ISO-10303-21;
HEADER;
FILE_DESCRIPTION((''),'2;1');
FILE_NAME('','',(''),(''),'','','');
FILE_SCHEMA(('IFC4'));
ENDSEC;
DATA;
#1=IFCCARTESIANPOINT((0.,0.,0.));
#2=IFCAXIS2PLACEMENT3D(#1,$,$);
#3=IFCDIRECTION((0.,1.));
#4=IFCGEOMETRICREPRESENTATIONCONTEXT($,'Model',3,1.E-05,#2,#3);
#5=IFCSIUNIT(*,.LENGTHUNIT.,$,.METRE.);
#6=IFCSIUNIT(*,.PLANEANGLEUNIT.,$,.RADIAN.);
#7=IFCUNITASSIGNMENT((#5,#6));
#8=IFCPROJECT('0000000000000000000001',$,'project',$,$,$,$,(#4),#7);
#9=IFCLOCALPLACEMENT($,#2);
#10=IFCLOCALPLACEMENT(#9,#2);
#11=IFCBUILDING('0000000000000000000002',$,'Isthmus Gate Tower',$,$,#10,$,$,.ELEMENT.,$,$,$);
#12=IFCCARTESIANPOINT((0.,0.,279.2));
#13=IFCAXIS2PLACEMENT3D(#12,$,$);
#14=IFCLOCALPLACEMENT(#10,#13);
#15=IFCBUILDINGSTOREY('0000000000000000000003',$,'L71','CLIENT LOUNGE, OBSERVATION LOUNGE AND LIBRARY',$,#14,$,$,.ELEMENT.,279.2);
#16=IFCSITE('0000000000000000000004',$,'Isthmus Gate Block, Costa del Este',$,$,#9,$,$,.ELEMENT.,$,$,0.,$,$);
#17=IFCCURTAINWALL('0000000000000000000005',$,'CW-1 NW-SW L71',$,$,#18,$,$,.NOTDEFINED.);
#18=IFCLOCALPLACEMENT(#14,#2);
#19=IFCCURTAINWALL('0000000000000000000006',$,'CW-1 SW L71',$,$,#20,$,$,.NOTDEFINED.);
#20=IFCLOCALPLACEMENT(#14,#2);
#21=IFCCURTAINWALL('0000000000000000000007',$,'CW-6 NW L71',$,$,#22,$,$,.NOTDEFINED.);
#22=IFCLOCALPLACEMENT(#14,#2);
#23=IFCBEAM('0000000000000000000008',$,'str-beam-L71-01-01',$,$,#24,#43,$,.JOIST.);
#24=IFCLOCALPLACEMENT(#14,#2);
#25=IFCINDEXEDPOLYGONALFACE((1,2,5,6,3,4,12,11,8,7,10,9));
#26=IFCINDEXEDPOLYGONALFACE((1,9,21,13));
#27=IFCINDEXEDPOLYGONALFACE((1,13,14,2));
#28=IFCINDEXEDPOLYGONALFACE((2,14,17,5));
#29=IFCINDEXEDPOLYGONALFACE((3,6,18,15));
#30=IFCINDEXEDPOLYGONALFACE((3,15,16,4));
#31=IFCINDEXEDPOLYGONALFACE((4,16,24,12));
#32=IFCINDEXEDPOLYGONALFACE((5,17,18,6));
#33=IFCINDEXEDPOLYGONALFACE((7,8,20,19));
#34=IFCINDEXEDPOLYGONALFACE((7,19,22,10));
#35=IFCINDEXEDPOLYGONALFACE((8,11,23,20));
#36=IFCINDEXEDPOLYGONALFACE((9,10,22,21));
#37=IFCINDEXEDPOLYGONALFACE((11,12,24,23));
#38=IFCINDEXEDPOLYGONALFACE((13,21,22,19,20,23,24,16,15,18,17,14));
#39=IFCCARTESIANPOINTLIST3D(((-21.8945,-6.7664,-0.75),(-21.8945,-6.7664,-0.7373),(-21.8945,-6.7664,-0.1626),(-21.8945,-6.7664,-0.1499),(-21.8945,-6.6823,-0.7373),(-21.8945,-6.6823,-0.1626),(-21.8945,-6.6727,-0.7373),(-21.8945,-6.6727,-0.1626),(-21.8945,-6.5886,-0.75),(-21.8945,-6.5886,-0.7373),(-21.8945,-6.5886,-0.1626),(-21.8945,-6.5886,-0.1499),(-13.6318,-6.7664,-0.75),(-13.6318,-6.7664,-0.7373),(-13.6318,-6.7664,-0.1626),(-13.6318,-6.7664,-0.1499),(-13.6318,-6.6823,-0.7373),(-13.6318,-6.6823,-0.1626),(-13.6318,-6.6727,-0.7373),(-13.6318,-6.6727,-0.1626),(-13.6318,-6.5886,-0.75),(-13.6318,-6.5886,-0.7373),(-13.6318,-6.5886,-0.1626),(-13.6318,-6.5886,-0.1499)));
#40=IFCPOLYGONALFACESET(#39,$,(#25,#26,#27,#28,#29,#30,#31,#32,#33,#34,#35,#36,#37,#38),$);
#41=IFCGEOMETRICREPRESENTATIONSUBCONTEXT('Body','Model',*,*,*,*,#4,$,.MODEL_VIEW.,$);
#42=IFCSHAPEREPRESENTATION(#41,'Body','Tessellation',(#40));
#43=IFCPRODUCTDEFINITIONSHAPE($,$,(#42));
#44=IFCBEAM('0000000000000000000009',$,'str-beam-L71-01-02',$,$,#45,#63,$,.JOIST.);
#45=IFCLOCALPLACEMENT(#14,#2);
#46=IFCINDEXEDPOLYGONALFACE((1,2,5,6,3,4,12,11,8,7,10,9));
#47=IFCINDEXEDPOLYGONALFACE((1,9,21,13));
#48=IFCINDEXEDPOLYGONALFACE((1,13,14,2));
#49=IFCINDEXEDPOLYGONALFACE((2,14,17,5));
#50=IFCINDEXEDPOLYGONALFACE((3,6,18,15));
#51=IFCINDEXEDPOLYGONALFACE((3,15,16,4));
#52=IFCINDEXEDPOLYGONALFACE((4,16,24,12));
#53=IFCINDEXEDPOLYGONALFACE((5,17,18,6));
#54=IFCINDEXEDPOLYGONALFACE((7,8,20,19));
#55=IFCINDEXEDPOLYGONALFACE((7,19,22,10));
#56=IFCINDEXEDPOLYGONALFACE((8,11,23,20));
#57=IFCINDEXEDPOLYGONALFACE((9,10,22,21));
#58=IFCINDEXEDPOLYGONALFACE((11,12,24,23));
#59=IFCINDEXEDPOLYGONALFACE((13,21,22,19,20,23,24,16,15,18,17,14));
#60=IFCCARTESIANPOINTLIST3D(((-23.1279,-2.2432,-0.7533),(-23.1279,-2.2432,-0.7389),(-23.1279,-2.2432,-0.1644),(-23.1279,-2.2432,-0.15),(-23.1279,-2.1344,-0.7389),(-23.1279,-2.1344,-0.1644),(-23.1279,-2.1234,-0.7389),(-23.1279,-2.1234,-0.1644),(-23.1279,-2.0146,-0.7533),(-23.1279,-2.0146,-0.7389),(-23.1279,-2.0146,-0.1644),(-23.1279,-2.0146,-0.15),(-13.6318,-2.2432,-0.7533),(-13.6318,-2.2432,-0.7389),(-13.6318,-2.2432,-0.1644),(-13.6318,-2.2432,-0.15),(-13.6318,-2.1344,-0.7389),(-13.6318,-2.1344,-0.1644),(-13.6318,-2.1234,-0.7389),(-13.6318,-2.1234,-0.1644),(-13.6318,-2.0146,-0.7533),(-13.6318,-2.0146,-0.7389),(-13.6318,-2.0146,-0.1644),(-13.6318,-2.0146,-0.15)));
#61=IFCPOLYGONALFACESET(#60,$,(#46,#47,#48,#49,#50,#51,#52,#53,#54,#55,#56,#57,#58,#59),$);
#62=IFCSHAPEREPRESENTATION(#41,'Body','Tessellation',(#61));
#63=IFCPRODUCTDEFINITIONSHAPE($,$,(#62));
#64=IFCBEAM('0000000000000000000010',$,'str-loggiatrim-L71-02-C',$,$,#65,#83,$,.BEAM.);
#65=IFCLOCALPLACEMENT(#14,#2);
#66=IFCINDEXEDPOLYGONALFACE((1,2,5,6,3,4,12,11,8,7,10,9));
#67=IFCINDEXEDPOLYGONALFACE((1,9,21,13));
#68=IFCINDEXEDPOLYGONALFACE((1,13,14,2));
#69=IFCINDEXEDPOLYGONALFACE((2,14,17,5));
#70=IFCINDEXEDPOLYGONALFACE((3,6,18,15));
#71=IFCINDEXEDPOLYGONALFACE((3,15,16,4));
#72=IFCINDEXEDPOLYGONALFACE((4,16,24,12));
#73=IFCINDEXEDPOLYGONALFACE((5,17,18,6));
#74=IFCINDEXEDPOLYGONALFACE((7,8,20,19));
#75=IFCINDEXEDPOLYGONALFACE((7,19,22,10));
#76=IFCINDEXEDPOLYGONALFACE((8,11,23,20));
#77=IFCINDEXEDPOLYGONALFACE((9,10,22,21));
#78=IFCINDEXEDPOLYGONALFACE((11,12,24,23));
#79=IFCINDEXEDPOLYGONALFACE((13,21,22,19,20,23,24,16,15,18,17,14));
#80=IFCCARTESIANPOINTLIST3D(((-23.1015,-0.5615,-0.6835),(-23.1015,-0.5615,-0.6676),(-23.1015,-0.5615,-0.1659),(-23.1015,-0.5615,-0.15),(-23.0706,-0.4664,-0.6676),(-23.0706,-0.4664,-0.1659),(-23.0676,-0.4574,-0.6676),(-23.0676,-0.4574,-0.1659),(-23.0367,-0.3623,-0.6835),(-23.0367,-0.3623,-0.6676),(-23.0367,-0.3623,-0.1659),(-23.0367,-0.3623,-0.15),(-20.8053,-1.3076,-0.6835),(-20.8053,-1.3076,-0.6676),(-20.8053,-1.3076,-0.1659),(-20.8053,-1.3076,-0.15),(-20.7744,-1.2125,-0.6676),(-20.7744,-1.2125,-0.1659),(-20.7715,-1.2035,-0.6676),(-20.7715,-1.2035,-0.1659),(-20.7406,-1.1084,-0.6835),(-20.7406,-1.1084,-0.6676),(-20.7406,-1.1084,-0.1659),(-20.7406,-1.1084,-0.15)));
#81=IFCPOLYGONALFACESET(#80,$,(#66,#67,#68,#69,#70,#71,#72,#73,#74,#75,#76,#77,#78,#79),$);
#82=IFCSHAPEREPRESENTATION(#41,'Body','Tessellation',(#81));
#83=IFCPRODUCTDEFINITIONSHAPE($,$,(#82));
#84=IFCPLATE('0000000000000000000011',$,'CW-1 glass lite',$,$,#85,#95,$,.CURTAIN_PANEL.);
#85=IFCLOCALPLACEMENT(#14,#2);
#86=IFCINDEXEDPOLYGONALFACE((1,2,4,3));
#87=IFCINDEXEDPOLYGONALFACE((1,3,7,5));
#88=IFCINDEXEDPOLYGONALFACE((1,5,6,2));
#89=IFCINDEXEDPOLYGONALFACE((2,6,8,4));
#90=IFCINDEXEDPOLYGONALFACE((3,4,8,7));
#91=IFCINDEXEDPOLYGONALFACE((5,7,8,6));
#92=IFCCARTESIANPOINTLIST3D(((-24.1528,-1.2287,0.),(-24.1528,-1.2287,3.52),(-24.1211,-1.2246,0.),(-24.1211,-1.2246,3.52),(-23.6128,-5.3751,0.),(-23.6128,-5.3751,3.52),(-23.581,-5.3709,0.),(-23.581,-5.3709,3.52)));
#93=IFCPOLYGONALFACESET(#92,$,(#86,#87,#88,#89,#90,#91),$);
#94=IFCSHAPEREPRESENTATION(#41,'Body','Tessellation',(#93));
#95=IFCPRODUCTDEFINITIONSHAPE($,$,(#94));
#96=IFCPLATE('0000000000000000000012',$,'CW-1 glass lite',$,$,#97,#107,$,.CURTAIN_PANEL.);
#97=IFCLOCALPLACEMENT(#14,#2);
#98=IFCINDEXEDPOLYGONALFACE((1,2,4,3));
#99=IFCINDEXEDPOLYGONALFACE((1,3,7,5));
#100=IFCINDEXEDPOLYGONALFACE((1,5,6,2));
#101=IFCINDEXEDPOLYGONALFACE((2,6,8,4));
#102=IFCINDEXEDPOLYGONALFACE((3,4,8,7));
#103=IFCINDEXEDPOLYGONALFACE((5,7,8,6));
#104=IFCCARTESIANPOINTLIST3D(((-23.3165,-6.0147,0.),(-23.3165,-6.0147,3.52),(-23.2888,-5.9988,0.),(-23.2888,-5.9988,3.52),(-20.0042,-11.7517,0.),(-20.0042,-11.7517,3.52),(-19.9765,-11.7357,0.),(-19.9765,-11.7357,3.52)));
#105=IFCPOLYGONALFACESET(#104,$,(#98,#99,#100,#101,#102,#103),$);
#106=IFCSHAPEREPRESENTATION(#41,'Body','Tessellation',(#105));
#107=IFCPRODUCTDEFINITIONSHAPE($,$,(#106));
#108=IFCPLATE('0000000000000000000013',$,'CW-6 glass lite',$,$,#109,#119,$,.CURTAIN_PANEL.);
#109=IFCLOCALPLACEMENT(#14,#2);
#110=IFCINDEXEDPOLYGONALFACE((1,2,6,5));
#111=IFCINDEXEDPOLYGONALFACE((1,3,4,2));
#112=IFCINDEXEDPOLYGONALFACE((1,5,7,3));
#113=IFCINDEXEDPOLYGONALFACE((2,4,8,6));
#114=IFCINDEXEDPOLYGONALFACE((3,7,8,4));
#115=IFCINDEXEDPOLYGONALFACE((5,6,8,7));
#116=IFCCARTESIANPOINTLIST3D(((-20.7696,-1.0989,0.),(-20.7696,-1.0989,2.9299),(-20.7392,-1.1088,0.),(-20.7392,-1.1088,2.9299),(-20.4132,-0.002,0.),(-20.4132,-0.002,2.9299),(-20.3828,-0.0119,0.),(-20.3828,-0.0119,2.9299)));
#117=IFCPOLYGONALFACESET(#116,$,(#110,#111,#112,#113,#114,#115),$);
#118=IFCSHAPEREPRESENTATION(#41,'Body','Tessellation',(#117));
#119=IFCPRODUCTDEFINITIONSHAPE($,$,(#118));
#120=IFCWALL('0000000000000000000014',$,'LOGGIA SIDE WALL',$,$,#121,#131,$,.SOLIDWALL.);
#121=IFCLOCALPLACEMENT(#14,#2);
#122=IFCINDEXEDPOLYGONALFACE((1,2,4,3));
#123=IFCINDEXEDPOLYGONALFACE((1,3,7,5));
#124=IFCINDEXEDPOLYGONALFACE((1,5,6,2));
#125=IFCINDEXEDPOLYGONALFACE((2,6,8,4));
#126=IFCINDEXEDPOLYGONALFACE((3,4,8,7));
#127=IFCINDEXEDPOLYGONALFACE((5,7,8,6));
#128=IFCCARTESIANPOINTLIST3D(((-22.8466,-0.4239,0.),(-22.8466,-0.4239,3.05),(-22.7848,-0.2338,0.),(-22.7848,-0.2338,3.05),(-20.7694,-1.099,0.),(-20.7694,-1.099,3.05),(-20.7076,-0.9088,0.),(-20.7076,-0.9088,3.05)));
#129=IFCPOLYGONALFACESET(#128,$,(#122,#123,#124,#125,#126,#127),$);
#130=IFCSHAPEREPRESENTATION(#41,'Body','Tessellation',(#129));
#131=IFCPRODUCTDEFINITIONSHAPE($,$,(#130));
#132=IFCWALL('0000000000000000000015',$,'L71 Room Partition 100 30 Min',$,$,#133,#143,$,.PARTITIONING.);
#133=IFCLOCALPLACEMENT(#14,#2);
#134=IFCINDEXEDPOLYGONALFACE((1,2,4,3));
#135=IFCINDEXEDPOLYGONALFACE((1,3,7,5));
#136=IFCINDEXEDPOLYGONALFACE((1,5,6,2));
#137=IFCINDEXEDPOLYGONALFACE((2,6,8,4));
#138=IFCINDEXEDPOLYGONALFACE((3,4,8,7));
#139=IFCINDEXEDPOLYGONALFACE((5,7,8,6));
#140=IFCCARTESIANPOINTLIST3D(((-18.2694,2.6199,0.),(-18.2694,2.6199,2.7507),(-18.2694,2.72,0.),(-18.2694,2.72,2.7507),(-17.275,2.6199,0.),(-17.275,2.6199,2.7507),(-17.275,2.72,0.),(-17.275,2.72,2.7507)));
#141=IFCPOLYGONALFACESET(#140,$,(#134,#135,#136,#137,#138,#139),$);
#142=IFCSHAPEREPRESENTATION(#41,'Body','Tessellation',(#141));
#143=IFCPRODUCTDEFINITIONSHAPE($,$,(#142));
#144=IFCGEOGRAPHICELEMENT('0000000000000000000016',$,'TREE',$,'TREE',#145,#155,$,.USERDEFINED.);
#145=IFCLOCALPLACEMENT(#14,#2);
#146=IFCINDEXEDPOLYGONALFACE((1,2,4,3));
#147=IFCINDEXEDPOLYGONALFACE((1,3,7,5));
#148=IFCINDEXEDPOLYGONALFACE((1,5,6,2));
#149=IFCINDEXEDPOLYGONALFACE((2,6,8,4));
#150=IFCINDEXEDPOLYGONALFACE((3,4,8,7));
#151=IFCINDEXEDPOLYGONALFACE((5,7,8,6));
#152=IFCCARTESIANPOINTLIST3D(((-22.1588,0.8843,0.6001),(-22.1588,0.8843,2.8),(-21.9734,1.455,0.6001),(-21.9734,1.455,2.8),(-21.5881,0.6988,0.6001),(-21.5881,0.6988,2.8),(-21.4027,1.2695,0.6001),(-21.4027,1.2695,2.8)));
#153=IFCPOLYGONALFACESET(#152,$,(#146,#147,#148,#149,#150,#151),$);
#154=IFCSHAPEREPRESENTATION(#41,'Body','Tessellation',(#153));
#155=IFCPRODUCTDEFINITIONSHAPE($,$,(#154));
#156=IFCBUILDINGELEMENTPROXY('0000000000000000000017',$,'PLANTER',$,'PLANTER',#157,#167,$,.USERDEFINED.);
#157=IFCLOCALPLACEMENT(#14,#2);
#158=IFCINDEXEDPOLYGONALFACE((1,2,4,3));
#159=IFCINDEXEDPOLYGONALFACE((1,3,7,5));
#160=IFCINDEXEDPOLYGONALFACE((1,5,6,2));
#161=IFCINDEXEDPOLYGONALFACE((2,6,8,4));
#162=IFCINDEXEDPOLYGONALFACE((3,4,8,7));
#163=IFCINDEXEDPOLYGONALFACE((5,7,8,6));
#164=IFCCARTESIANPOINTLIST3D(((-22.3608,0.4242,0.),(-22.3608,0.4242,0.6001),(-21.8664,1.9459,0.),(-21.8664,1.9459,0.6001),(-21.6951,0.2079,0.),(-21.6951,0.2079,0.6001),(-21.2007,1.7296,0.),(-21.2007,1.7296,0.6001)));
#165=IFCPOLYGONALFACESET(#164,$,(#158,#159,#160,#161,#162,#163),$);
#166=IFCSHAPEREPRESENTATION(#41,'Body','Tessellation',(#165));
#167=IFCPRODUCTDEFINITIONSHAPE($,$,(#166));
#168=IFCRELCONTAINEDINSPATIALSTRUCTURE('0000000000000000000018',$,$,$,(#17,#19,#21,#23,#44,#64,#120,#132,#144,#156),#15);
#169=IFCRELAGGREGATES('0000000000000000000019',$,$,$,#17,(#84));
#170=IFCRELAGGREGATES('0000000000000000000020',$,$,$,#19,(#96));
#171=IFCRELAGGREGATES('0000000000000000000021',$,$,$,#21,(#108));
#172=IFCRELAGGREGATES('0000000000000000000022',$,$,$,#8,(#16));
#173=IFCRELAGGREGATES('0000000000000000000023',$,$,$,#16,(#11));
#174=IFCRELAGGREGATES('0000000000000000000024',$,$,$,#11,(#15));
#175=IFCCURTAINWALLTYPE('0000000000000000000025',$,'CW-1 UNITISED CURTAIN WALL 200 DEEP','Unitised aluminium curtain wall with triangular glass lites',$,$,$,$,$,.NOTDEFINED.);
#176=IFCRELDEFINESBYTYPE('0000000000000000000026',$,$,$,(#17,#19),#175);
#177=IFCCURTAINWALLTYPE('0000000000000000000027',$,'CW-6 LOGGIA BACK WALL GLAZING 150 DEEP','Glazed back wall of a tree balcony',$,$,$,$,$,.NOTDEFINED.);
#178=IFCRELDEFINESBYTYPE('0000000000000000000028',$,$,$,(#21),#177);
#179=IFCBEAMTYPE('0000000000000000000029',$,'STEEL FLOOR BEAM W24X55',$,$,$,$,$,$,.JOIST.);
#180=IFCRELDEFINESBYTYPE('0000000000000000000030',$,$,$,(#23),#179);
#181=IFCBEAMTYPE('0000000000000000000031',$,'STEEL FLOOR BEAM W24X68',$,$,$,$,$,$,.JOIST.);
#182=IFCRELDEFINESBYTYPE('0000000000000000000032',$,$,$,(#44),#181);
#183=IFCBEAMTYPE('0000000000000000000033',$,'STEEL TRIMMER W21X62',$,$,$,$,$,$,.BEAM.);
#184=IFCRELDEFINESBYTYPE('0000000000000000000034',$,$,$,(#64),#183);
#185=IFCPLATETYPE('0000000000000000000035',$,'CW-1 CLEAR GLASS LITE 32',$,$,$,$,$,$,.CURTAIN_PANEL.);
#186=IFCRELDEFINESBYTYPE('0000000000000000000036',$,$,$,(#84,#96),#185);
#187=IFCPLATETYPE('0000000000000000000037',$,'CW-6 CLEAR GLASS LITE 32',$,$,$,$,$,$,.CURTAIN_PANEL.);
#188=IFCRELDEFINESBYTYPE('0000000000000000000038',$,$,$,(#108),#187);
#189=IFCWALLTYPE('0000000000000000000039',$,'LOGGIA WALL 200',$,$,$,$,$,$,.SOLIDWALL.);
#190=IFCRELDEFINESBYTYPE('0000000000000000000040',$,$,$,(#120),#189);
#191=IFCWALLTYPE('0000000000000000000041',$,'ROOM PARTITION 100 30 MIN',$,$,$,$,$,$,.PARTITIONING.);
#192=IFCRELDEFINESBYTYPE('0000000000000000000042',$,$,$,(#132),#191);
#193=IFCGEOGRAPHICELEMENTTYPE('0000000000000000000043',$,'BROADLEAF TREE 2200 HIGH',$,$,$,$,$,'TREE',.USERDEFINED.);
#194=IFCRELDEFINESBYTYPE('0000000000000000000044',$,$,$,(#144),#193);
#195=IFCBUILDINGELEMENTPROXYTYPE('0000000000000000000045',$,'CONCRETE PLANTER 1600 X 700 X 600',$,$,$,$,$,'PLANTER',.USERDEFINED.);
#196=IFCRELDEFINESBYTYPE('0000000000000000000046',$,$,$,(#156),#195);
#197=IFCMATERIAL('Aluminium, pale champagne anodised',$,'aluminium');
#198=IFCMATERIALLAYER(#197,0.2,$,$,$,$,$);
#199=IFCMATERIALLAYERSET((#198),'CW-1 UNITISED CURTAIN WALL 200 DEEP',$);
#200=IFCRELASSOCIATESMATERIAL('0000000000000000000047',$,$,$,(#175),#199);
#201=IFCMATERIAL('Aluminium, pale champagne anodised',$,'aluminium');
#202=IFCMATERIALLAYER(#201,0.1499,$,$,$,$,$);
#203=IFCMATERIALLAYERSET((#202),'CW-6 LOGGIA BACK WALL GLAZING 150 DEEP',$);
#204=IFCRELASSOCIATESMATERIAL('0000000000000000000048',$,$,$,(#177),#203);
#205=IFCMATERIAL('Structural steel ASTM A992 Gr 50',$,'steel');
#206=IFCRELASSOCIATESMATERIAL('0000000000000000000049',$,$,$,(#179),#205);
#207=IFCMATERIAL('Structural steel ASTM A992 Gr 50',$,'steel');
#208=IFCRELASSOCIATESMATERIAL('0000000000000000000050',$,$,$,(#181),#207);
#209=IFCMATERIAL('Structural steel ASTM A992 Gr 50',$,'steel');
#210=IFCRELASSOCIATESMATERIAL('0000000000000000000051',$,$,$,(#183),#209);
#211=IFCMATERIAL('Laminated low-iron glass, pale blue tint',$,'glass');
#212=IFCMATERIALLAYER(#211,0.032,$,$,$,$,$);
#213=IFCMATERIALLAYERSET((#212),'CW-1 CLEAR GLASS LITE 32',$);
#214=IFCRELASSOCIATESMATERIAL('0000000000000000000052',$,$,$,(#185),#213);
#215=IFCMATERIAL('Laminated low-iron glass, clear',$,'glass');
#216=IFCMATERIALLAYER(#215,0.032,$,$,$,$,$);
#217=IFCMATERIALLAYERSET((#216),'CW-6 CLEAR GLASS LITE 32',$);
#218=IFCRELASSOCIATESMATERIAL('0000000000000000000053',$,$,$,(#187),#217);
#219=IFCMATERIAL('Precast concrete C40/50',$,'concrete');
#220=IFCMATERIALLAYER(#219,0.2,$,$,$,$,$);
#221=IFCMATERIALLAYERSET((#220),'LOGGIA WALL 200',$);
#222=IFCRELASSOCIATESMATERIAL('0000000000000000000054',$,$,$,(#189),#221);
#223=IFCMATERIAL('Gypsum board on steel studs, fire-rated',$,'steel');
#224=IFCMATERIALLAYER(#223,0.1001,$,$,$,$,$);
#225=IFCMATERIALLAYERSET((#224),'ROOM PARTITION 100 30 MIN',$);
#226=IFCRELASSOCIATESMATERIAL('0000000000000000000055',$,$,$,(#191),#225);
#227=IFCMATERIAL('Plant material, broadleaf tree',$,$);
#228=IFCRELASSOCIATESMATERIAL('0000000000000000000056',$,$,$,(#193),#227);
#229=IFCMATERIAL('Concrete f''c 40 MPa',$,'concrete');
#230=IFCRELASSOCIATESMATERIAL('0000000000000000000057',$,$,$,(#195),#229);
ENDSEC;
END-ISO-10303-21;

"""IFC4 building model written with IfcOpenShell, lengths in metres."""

from ifc_helpers import new_model, si_unit, direction, frame, frame_2d, origin, origin_2d, place, context, subcontext, project, spatial, rectangle, i_section, extrude, material, layer, layer_set, material_profile, profile_set, type_object, element, aggregate, save


model = new_model("IFC4")

# Units and contexts
model_context = context("Model", 3, precision=1e-05, world=origin(), true_north=direction((0.0, 1.0)))
body_context = subcontext(model_context, "Body", "Model", "MODEL_VIEW")
ifc_project = project(units=[si_unit("LENGTHUNIT", "METRE"), si_unit("PLANEANGLEUNIT", "RADIAN")], contexts=[model_context])

# Site, building, storey
site_placement = place(None, origin())
site = spatial("IfcSite", under=ifc_project, at=site_placement, Name="Isthmus Gate Block, Costa del Este", CompositionType="ELEMENT", RefElevation=0.0)
building_placement = place(site_placement, origin())
building = spatial("IfcBuilding", under=site, at=building_placement, Name="Isthmus Gate Tower", CompositionType="ELEMENT")
storey_placement = place(building_placement, frame((0.0, 0.0, 279.2)))
storey = spatial("IfcBuildingStorey", under=building, at=storey_placement, Name="L71", Description="CLIENT LOUNGE, OBSERVATION LOUNGE AND LIBRARY", CompositionType="ELEMENT", Elevation=279.2)

# Curtain walls
ifc_material_1 = material(Name="Aluminium, pale champagne anodised", Category="aluminium")
ifc_layer_1 = layer(ifc_material_1, 0.2)
ifc_layer_set_1 = layer_set([ifc_layer_1], Name="CW-1 UNITISED CURTAIN WALL 200 DEEP")
curtain_wall_type_1 = type_object("IfcCurtainWallType", Name="CW-1 UNITISED CURTAIN WALL 200 DEEP", Description="Unitised aluminium curtain wall with triangular glass lites", PredefinedType="NOTDEFINED", material=ifc_layer_set_1)
curtain_wall_1_placement = place(storey_placement, origin())
curtain_wall_1 = element("IfcCurtainWall", 1, at=curtain_wall_1_placement, inside=storey, type_object=curtain_wall_type_1, Name="CW-1 NW-SW L71", PredefinedType="NOTDEFINED")
curtain_wall_2_placement = place(storey_placement, origin())
curtain_wall_2 = element("IfcCurtainWall", 2, at=curtain_wall_2_placement, inside=storey, type_object=curtain_wall_type_1, Name="CW-1 SW L71", PredefinedType="NOTDEFINED")

# Curtain wall
ifc_material_2 = material(Name="Aluminium, pale champagne anodised", Category="aluminium")
ifc_layer_2 = layer(ifc_material_2, 0.1499)
ifc_layer_set_2 = layer_set([ifc_layer_2], Name="CW-6 LOGGIA BACK WALL GLAZING 150 DEEP")
curtain_wall_type_2 = type_object("IfcCurtainWallType", Name="CW-6 LOGGIA BACK WALL GLAZING 150 DEEP", Description="Glazed back wall of a tree balcony", PredefinedType="NOTDEFINED", material=ifc_layer_set_2)
curtain_wall_3_placement = place(storey_placement, origin())
curtain_wall_3 = element("IfcCurtainWall", 3, at=curtain_wall_3_placement, inside=storey, type_object=curtain_wall_type_2, Name="CW-6 NW L71", PredefinedType="NOTDEFINED")

# Beams
ifc_material_3 = material(Name="Structural steel ASTM A992 Gr 50", Category="steel")
ifc_material_profile_1 = material_profile(ifc_material_3, i_section(OverallWidth=0.1777, OverallDepth=0.6001, WebThickness=0.0095, FlangeThickness=0.0127, at=origin_2d()), Name="W24X55")
ifc_profile_set_1 = profile_set([ifc_material_profile_1], Name="Structural steel ASTM A992 Gr 50")
beam_type_1 = type_object("IfcBeamType", Name="STEEL FLOOR BEAM W24X55", PredefinedType="JOIST", material=ifc_profile_set_1)
beam_1_placement = place(storey_placement, frame((-21.8945, -6.6775, -0.45), z_axis=(1.0, 0.0, 0.0), x_axis=(0.0, 1.0, 0.0)))
element("IfcBeam", 4, at=beam_1_placement, inside=storey, type_object=beam_type_1, Name="str-beam-L71-01-01", PredefinedType="JOIST", context=body_context, shape_type="SweptSolid", body=[
    extrude(i_section(OverallWidth=0.1777, OverallDepth=0.6001, WebThickness=0.0095, FlangeThickness=0.0127, at=origin_2d()), origin(), (0.0, 0.0, 1.0), 8.2627),
])
ifc_material_4 = material(Name="Structural steel ASTM A992 Gr 50", Category="steel")
ifc_material_profile_2 = material_profile(ifc_material_4, i_section(OverallWidth=0.2285, OverallDepth=0.6033, WebThickness=0.011, FlangeThickness=0.0144, at=origin_2d()), Name="W24X68")
ifc_profile_set_2 = profile_set([ifc_material_profile_2], Name="Structural steel ASTM A992 Gr 50")
beam_type_2 = type_object("IfcBeamType", Name="STEEL FLOOR BEAM W24X68", PredefinedType="JOIST", material=ifc_profile_set_2)
beam_2_placement = place(storey_placement, frame((-23.1279, -2.1289, -0.4517), z_axis=(1.0, 0.0, 0.0), x_axis=(0.0, 1.0, 0.0)))
element("IfcBeam", 5, at=beam_2_placement, inside=storey, type_object=beam_type_2, Name="str-beam-L71-01-02", PredefinedType="JOIST", context=body_context, shape_type="SweptSolid", body=[
    extrude(i_section(OverallWidth=0.2285, OverallDepth=0.6033, WebThickness=0.011, FlangeThickness=0.0144, at=origin_2d()), origin(), (0.0, 0.0, 1.0), 9.4961),
])
ifc_material_5 = material(Name="Structural steel ASTM A992 Gr 50", Category="steel")
ifc_material_profile_3 = material_profile(ifc_material_5, i_section(OverallWidth=0.2095, OverallDepth=0.5334, WebThickness=0.0095, FlangeThickness=0.0159, at=origin_2d()), Name="W21X62")
ifc_profile_set_3 = profile_set([ifc_material_profile_3], Name="Structural steel ASTM A992 Gr 50")
beam_type_3 = type_object("IfcBeamType", Name="STEEL TRIMMER W21X62", PredefinedType="BEAM", material=ifc_profile_set_3)
beam_3_placement = place(storey_placement, frame((-23.0691, -0.4619, -0.4167), z_axis=(0.951053, -0.309029, 0.0), x_axis=(0.309029, 0.951053, 0.0)))
element("IfcBeam", 6, at=beam_3_placement, inside=storey, type_object=beam_type_3, Name="str-loggiatrim-L71-02-C", PredefinedType="BEAM", context=body_context, shape_type="SweptSolid", body=[
    extrude(i_section(OverallWidth=0.2095, OverallDepth=0.5334, WebThickness=0.0095, FlangeThickness=0.0159, at=origin_2d()), origin(), (0.0, 0.0, 1.0), 2.4143),
])

# Plates
ifc_material_6 = material(Name="Laminated low-iron glass, pale blue tint", Category="glass")
ifc_layer_3 = layer(ifc_material_6, 0.032)
ifc_layer_set_3 = layer_set([ifc_layer_3], Name="CW-1 CLEAR GLASS LITE 32")
plate_type_1 = type_object("IfcPlateType", Name="CW-1 CLEAR GLASS LITE 32", PredefinedType="CURTAIN_PANEL", material=ifc_layer_set_3)
plate_1_placement = place(storey_placement, frame((-23.8669, -3.2998, 0.0), z_axis=(0.0, 0.0, 1.0), x_axis=(0.129165, -0.991623, 0.0)))
plate_1 = element("IfcPlate", 7, at=plate_1_placement, type_object=plate_type_1, Name="CW-1 glass lite", PredefinedType="CURTAIN_PANEL", context=body_context, shape_type="SweptSolid", body=[
    extrude(rectangle(XDim=4.1814, YDim=0.032, at=origin_2d()), origin(), (0.0, 0.0, 1.0), 3.52),
])
aggregate(curtain_wall_1, [plate_1])
plate_2_placement = place(storey_placement, frame((-21.6465, -8.8752, 0.0), z_axis=(0.0, 0.0, 1.0), x_axis=(0.5, -0.866025, 0.0)))
plate_2 = element("IfcPlate", 8, at=plate_2_placement, type_object=plate_type_1, Name="CW-1 glass lite", PredefinedType="CURTAIN_PANEL", context=body_context, shape_type="SweptSolid", body=[
    extrude(rectangle(XDim=6.6245, YDim=0.032, at=origin_2d()), origin(), (0.0, 0.0, 1.0), 3.52),
])
aggregate(curtain_wall_2, [plate_2])
ifc_material_7 = material(Name="Laminated low-iron glass, clear", Category="glass")
ifc_layer_4 = layer(ifc_material_7, 0.032)
ifc_layer_set_4 = layer_set([ifc_layer_4], Name="CW-6 CLEAR GLASS LITE 32")
plate_type_2 = type_object("IfcPlateType", Name="CW-6 CLEAR GLASS LITE 32", PredefinedType="CURTAIN_PANEL", material=ifc_layer_set_4)
plate_3_placement = place(storey_placement, frame((-20.5762, -0.5554, 0.0), z_axis=(0.0, 0.0, 1.0), x_axis=(-0.309017, -0.951057, 0.0)))
plate_3 = element("IfcPlate", 9, at=plate_3_placement, type_object=plate_type_2, Name="CW-6 glass lite", PredefinedType="CURTAIN_PANEL", context=body_context, shape_type="SweptSolid", body=[
    extrude(rectangle(XDim=1.1533, YDim=0.032, at=origin_2d()), origin(), (0.0, 0.0, 1.0), 2.9299),
])
aggregate(curtain_wall_3, [plate_3])

# Walls
ifc_material_8 = material(Name="Precast concrete C40/50", Category="concrete")
ifc_layer_5 = layer(ifc_material_8, 0.2)
ifc_layer_set_5 = layer_set([ifc_layer_5], Name="LOGGIA WALL 200")
wall_type_1 = type_object("IfcWallType", Name="LOGGIA WALL 200", PredefinedType="SOLIDWALL", material=ifc_layer_set_5)
wall_1_placement = place(storey_placement, frame((-22.8157, -0.3289, 0.0), z_axis=(0.0, 0.0, 1.0), x_axis=(0.951037, -0.309076, 0.0)))
element("IfcWall", 10, at=wall_1_placement, inside=storey, type_object=wall_type_1, Name="LOGGIA SIDE WALL", PredefinedType="SOLIDWALL", context=body_context, shape_type="SweptSolid", body=[
    extrude(rectangle(XDim=2.1841, YDim=0.2, at=frame_2d((1.092, 0.0))), origin(), (0.0, 0.0, 1.0), 3.05),
])
ifc_material_9 = material(Name="Gypsum board on steel studs, fire-rated", Category="steel")
ifc_layer_6 = layer(ifc_material_9, 0.1001)
ifc_layer_set_6 = layer_set([ifc_layer_6], Name="ROOM PARTITION 100 30 MIN")
wall_type_2 = type_object("IfcWallType", Name="ROOM PARTITION 100 30 MIN", PredefinedType="PARTITIONING", material=ifc_layer_set_6)
wall_2_placement = place(storey_placement, frame((-18.2693, 2.6699, 0.0), z_axis=(0.0, 0.0, 1.0), x_axis=(1.0, 0.0, 0.0)))
element("IfcWall", 11, at=wall_2_placement, inside=storey, type_object=wall_type_2, Name="L71 Room Partition 100 30 Min", PredefinedType="PARTITIONING", context=body_context, shape_type="SweptSolid", body=[
    extrude(rectangle(XDim=0.9944, YDim=0.1001, at=frame_2d((0.4971, 0.0))), origin(), (0.0, 0.0, 1.0), 2.7507),
])

# Geographic element
ifc_material_10 = material(Name="Plant material, broadleaf tree")
geographic_element_type = type_object("IfcGeographicElementType", Name="BROADLEAF TREE 2200 HIGH", ElementType="TREE", PredefinedType="USERDEFINED", material=ifc_material_10)
geographic_element_placement = place(storey_placement, frame((-21.7808, 1.0769, 0.6001), z_axis=(0.0, 0.0, 1.0), x_axis=(-0.309017, -0.951057, 0.0)))
element("IfcGeographicElement", 12, at=geographic_element_placement, inside=storey, type_object=geographic_element_type, Name="TREE", ObjectType="TREE", PredefinedType="USERDEFINED", context=body_context, shape_type="SweptSolid", body=[
    extrude(rectangle(XDim=0.6001, YDim=0.6001, at=origin_2d()), origin(), (0.0, 0.0, 1.0), 2.2),
])

# Building element proxy
ifc_material_11 = material(Name="Concrete f'c 40 MPa", Category="concrete")
building_element_proxy_type = type_object("IfcBuildingElementProxyType", Name="CONCRETE PLANTER 1600 X 700 X 600", ElementType="PLANTER", PredefinedType="USERDEFINED", material=ifc_material_11)
proxy_placement = place(storey_placement, frame((-21.7808, 1.0769, 0.0), z_axis=(0.0, 0.0, 1.0), x_axis=(-0.309017, -0.951057, 0.0)))
element("IfcBuildingElementProxy", 13, at=proxy_placement, inside=storey, type_object=building_element_proxy_type, Name="PLANTER", ObjectType="PLANTER", PredefinedType="USERDEFINED", context=body_context, shape_type="SweptSolid", body=[
    extrude(rectangle(XDim=1.6001, YDim=0.7, at=origin_2d()), origin(), (0.0, 0.0, 1.0), 0.6001),
])

save(model, "model.ifc")
